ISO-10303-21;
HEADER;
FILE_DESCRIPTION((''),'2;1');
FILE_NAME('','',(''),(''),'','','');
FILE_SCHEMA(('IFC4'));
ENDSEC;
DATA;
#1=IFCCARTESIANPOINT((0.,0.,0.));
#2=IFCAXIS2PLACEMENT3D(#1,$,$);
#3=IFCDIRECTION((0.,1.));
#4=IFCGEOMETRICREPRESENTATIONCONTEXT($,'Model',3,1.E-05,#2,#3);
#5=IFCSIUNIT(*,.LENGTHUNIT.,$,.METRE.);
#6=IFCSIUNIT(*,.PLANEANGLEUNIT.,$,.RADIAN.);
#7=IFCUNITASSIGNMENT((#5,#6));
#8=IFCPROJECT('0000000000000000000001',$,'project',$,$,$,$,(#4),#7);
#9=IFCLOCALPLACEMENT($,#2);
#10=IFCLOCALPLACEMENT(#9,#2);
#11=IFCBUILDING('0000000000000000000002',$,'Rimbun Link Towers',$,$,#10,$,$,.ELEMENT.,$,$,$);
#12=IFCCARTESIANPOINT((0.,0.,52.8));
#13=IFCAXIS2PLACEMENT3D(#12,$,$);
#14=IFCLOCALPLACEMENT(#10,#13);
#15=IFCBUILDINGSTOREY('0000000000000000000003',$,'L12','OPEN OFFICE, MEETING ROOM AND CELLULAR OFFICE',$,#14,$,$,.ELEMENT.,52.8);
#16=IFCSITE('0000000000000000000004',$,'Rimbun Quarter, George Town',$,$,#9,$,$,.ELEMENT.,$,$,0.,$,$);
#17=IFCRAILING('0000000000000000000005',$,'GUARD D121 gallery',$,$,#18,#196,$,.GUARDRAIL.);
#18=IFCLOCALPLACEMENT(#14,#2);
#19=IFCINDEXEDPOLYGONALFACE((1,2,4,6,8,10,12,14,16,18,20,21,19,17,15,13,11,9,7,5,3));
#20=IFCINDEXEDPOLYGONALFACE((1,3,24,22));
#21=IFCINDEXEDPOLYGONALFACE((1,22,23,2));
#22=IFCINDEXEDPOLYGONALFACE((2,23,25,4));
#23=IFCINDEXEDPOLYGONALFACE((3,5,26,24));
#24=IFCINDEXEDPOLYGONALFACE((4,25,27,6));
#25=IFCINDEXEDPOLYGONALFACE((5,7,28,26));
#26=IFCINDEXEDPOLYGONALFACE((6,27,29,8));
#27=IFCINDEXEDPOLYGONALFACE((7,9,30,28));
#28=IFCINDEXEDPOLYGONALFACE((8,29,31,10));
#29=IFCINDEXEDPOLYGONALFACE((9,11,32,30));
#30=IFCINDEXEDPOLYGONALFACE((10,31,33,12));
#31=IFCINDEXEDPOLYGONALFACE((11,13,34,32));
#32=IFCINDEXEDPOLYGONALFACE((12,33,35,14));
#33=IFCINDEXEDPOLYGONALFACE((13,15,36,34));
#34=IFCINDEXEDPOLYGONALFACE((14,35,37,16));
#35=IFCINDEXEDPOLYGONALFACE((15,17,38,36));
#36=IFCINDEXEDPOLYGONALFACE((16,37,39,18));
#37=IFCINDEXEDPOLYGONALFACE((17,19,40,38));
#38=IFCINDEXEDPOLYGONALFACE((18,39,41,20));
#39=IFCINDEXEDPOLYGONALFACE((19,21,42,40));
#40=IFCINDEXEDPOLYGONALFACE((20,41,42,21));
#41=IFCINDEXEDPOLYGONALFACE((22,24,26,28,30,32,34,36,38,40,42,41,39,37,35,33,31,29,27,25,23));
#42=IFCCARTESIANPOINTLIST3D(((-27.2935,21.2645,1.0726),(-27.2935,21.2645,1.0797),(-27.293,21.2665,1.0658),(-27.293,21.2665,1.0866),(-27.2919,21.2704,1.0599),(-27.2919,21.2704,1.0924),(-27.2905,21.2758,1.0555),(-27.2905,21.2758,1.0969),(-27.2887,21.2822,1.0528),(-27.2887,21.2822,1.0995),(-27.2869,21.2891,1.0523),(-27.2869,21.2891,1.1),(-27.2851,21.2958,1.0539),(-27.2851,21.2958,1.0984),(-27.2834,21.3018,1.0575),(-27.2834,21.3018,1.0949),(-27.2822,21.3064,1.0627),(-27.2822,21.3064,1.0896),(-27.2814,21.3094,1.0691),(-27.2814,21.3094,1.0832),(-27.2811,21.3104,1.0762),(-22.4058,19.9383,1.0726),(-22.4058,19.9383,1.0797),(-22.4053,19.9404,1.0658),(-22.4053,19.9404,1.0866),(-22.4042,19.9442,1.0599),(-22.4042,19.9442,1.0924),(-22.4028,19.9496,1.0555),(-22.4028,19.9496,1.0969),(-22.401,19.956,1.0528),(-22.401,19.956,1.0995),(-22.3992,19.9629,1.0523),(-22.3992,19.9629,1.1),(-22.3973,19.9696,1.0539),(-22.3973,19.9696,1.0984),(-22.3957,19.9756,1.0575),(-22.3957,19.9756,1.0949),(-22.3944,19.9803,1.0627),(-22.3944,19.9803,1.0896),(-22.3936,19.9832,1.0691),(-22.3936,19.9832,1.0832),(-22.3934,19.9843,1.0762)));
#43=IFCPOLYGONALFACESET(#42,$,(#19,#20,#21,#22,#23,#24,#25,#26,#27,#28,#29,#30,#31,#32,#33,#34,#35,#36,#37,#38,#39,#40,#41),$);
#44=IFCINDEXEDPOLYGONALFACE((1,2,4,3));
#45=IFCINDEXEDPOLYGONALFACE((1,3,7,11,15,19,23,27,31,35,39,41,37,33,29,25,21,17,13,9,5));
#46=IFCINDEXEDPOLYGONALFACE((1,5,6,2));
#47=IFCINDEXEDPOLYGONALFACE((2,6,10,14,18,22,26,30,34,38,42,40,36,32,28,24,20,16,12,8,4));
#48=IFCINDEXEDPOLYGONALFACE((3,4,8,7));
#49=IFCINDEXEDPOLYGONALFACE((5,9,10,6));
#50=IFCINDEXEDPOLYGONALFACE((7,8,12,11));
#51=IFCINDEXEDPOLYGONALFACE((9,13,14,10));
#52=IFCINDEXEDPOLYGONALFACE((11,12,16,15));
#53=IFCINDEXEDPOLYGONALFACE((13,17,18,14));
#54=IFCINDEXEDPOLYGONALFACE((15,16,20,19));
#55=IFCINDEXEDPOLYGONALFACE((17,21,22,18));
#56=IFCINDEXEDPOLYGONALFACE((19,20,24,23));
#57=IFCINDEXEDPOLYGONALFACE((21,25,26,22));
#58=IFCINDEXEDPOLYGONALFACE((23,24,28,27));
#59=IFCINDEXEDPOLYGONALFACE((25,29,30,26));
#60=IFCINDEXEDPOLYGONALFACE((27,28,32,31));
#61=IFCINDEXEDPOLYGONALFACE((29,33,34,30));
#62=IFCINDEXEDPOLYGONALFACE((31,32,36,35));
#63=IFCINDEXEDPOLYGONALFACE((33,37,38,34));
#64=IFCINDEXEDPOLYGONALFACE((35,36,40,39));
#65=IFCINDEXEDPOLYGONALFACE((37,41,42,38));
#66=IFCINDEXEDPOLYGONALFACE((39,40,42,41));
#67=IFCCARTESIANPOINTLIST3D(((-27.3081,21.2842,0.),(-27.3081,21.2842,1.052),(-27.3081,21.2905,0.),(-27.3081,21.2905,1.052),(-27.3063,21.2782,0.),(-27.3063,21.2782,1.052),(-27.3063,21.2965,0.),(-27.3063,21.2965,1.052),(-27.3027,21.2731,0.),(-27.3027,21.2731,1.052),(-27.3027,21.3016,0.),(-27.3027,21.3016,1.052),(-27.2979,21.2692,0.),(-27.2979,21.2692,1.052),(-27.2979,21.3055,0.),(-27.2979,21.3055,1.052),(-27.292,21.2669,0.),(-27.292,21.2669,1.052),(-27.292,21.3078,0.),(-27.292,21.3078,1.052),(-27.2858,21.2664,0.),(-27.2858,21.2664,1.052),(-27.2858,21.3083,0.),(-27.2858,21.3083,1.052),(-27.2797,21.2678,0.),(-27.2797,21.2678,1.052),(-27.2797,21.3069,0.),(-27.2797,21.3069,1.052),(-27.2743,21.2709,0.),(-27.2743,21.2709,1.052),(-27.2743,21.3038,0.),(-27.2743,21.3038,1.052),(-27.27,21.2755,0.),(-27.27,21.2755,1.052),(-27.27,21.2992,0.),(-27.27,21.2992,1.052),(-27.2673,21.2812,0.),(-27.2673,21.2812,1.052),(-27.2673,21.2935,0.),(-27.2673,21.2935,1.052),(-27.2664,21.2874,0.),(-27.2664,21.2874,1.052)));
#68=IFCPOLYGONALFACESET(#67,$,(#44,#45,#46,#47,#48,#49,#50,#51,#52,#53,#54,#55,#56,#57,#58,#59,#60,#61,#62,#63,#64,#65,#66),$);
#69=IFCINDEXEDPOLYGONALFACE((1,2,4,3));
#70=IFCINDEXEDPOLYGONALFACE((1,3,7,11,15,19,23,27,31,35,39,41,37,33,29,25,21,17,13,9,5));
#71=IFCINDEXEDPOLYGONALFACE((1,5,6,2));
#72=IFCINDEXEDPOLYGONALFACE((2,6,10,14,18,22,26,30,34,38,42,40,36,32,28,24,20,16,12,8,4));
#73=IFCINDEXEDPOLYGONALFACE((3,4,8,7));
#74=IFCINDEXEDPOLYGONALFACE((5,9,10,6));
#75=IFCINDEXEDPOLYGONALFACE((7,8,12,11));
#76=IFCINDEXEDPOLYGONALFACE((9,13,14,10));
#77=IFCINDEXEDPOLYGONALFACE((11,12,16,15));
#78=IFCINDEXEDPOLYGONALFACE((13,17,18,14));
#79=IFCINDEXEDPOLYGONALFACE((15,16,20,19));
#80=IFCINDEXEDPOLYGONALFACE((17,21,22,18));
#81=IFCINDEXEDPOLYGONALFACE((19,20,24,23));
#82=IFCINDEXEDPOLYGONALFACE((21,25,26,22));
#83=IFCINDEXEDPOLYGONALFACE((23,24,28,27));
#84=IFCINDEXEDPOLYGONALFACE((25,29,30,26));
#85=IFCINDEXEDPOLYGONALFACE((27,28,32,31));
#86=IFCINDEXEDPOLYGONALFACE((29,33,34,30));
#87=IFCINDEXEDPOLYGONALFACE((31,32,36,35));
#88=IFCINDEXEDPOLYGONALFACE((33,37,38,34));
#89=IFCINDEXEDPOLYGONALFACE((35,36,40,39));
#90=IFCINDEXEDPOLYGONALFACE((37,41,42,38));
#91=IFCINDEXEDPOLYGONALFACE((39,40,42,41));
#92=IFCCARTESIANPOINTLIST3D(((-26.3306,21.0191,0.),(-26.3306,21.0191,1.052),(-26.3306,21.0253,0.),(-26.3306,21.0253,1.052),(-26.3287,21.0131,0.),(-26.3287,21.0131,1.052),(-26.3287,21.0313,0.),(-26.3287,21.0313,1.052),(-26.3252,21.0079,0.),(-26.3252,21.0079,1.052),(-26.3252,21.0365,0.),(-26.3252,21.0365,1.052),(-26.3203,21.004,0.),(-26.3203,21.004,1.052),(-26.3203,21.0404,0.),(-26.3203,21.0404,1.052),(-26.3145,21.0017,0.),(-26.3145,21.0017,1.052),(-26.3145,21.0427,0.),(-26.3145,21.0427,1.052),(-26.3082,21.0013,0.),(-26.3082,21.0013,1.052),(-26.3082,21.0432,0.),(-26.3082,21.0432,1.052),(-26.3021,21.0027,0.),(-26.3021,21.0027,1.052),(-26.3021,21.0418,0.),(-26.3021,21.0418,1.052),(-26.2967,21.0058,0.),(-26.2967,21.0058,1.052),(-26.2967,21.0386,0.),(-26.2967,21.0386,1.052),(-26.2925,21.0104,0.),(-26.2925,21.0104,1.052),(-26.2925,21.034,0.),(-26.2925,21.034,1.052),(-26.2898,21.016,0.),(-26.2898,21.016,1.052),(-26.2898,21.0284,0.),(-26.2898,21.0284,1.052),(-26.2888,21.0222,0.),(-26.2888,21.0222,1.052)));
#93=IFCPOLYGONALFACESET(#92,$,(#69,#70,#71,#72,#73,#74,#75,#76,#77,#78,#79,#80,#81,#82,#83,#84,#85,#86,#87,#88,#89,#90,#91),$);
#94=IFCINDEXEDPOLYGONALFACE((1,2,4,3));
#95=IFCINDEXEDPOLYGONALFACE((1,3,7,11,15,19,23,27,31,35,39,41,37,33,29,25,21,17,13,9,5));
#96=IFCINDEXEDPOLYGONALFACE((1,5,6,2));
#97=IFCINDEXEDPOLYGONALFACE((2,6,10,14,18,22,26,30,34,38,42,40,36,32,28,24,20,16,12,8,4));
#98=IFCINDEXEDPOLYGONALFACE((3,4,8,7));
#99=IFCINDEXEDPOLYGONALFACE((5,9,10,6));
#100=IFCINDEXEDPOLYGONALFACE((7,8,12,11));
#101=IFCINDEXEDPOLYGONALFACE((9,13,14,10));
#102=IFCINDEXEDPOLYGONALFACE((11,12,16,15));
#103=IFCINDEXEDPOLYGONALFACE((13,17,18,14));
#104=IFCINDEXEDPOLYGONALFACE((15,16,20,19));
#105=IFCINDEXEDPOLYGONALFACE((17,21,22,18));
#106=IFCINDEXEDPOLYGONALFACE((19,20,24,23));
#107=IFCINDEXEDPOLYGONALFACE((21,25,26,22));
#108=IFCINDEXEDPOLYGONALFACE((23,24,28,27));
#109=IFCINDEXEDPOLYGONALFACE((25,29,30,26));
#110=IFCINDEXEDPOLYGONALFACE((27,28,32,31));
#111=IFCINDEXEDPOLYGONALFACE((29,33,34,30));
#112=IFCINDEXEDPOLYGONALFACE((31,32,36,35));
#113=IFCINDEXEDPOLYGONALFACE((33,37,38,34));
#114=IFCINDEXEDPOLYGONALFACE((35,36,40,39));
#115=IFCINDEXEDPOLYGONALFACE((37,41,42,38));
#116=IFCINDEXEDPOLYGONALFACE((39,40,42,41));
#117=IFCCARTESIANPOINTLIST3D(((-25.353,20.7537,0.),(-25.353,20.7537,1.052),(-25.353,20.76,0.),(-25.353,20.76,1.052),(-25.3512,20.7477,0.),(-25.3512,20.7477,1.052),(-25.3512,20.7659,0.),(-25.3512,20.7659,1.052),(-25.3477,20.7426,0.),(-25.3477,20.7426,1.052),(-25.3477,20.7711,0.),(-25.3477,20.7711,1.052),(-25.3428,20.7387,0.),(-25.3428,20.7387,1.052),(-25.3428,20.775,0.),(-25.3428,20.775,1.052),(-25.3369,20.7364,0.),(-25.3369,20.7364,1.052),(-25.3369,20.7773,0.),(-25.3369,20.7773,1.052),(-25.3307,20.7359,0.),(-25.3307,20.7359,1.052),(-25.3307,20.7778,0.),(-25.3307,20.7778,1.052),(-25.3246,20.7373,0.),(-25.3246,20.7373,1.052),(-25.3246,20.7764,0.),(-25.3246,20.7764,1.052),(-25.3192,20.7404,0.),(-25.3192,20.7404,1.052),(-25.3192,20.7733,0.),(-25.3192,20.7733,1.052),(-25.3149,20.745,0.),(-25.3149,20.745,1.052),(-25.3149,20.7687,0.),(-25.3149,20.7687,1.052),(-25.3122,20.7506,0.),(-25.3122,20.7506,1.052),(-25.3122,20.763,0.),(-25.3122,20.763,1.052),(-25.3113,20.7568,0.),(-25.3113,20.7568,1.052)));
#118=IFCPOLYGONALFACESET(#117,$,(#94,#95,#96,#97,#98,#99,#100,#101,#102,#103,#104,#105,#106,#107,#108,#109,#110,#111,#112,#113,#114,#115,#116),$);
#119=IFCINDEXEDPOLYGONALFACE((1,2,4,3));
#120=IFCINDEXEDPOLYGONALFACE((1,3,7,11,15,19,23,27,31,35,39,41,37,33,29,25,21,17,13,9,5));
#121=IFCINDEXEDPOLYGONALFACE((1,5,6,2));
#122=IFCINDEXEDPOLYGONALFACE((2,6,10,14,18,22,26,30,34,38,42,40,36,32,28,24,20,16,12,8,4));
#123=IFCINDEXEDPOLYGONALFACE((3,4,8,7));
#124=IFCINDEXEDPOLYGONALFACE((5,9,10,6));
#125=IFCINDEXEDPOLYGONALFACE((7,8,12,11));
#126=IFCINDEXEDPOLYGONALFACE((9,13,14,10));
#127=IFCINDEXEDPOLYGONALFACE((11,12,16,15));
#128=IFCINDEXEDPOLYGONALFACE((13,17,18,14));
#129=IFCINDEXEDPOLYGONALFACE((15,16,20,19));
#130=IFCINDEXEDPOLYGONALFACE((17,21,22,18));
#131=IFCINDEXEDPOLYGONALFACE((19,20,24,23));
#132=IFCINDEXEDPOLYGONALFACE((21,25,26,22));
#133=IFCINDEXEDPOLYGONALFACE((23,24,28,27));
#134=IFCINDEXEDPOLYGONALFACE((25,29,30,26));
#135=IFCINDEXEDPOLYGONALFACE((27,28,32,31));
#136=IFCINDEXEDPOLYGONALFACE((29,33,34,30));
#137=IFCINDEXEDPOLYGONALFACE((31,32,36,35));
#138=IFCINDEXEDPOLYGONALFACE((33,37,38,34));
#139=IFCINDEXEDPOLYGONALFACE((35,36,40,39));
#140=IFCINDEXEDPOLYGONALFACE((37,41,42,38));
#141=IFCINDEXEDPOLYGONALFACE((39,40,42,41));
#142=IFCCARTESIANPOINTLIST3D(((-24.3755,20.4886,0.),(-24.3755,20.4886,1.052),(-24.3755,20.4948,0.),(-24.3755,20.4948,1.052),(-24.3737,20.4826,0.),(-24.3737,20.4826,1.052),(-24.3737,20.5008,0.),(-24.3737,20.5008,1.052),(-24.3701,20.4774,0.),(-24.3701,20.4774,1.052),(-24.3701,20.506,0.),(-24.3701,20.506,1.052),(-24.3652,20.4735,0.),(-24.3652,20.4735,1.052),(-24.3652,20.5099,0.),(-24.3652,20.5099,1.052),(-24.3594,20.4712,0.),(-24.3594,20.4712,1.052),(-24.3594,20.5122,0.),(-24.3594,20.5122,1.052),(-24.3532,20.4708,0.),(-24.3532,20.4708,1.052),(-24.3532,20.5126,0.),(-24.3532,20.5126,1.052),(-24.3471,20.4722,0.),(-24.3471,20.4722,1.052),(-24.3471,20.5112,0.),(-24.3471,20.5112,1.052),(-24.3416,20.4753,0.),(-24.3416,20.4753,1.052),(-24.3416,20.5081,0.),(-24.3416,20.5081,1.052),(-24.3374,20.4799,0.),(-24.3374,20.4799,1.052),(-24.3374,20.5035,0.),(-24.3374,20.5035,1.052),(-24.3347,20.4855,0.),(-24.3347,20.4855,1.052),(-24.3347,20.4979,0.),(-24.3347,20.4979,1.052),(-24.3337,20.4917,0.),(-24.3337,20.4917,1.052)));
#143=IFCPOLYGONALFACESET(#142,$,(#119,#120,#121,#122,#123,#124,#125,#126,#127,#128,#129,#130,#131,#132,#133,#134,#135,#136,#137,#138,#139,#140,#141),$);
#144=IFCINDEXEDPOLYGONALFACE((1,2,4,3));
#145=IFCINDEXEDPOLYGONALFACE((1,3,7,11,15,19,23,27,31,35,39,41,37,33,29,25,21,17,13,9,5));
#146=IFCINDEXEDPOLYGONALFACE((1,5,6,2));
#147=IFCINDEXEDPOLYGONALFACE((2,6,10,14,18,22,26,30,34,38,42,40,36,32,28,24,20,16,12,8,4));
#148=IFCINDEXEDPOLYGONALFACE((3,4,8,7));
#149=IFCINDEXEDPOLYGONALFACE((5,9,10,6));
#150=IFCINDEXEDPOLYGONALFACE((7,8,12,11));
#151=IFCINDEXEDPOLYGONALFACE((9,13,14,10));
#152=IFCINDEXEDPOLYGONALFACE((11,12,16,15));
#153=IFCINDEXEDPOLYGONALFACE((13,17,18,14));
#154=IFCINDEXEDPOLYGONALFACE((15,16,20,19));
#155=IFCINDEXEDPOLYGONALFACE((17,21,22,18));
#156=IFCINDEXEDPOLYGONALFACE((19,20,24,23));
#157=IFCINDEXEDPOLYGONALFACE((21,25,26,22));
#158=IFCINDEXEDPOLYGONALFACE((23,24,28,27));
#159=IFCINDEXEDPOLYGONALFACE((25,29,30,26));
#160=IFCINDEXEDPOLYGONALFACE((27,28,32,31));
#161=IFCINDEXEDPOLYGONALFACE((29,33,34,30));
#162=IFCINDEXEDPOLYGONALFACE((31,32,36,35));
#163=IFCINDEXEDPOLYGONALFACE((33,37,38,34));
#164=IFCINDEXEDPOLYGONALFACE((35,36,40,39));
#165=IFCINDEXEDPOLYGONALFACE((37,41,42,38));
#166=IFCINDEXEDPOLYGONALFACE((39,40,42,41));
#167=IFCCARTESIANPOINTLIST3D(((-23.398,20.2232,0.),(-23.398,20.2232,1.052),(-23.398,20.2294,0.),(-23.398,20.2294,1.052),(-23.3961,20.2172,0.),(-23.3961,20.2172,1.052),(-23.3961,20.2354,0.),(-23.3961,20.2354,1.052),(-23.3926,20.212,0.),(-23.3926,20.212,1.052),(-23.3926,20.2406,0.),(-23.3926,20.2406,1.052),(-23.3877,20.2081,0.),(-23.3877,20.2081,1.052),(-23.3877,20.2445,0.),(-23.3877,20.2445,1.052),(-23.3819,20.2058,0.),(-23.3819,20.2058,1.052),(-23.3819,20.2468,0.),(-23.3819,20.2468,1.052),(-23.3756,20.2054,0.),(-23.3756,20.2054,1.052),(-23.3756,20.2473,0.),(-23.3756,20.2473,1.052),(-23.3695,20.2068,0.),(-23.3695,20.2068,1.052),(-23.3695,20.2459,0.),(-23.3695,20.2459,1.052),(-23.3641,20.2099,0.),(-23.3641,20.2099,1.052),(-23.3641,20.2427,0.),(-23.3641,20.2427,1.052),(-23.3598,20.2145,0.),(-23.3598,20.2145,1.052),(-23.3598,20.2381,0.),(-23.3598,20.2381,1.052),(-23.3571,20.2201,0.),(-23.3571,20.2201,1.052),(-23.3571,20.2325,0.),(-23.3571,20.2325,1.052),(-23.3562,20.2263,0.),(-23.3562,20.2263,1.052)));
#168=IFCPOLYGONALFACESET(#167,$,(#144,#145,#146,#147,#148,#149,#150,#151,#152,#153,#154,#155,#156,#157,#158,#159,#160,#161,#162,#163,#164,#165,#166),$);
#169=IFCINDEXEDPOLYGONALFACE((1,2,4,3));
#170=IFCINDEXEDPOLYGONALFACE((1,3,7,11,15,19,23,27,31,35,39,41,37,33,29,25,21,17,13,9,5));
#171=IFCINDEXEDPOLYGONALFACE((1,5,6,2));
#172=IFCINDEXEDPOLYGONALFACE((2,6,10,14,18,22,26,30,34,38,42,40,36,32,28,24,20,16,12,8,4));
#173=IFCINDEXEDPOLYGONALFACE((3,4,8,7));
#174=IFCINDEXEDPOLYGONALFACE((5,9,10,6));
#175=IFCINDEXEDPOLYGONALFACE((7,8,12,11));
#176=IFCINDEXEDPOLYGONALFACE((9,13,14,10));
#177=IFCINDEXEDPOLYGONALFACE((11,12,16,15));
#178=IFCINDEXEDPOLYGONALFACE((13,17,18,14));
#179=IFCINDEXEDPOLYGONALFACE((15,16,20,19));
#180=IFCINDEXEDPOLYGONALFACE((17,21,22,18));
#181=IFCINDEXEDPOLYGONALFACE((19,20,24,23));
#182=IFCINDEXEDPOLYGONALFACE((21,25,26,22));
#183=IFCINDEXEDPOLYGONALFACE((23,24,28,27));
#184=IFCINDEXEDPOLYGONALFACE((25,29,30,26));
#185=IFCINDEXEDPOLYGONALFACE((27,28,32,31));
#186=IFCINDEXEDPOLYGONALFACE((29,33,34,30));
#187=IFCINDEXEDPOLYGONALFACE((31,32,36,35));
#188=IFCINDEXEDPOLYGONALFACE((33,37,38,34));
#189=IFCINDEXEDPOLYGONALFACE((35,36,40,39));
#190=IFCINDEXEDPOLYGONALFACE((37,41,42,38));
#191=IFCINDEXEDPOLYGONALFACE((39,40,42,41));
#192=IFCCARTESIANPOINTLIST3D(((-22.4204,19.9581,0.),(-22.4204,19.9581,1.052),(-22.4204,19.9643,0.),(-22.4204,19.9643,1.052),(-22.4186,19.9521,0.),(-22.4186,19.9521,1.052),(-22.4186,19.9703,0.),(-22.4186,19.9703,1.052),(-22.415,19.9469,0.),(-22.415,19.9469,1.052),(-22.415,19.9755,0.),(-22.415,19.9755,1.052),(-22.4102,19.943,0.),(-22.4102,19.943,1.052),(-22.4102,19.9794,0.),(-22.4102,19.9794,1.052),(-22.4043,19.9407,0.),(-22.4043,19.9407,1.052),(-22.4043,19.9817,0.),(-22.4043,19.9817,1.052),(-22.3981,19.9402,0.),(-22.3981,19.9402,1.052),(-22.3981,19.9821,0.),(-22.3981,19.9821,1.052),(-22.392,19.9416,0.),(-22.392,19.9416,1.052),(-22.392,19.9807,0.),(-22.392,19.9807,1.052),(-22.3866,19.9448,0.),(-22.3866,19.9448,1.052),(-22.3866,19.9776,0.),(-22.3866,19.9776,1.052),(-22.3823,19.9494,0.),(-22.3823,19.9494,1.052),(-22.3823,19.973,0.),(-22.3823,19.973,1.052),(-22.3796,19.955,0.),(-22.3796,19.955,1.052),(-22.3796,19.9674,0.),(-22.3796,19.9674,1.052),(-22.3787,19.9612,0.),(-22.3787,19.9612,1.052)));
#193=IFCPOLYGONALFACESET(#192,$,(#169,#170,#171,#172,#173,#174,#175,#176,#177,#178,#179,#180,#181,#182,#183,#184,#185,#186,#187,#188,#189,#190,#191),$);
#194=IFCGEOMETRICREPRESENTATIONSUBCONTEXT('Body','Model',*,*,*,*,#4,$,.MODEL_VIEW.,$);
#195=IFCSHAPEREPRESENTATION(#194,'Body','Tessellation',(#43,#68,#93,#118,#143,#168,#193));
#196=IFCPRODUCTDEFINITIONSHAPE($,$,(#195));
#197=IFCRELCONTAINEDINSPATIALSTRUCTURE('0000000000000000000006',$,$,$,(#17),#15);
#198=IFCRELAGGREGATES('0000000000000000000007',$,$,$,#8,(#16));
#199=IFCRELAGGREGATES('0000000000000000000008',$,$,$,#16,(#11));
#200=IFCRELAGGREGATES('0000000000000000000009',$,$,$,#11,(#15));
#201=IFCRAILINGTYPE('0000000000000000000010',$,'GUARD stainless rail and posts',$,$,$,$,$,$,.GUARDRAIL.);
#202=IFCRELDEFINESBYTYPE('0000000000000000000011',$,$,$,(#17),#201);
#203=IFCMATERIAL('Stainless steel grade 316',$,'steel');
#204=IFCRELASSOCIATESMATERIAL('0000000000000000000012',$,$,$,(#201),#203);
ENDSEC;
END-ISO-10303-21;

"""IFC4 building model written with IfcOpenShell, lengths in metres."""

from ifc_helpers import new_model, si_unit, direction, frame, origin, origin_2d, place, context, subcontext, project, spatial, circle, extrude, material, type_object, element, save


model = new_model("IFC4")

# Units and contexts
model_context = context("Model", 3, precision=1e-05, world=origin(), true_north=direction((0.0, 1.0)))
body_context = subcontext(model_context, "Body", "Model", "MODEL_VIEW")
ifc_project = project(units=[si_unit("LENGTHUNIT", "METRE"), si_unit("PLANEANGLEUNIT", "RADIAN")], contexts=[model_context])

# Site, building, storey
site_placement = place(None, origin())
site = spatial("IfcSite", under=ifc_project, at=site_placement, Name="Rimbun Quarter, George Town", CompositionType="ELEMENT", RefElevation=0.0)
building_placement = place(site_placement, origin())
building = spatial("IfcBuilding", under=site, at=building_placement, Name="Rimbun Link Towers", CompositionType="ELEMENT")
storey_placement = place(building_placement, frame((0.0, 0.0, 52.8)))
storey = spatial("IfcBuildingStorey", under=building, at=storey_placement, Name="L12", Description="OPEN OFFICE, MEETING ROOM AND CELLULAR OFFICE", CompositionType="ELEMENT", Elevation=52.8)

# Railing
ifc_material_1 = material(Name="Stainless steel grade 316", Category="steel")
railing_type = type_object("IfcRailingType", Name="GUARD stainless rail and posts", PredefinedType="GUARDRAIL", material=ifc_material_1)
railing_1_placement = place(storey_placement, frame((-27.2874, 21.2874, 0.0)))
element("IfcRailing", 1, at=railing_1_placement, inside=storey, type_object=railing_type, Name="GUARD D121 gallery", PredefinedType="GUARDRAIL", context=body_context, shape_type="SweptSolid", body=[
    extrude(circle(Radius=0.0239, at=origin_2d()), frame((0.0, 0.0, 1.0762), z_axis=(0.965106, -0.261861, 0.0), x_axis=(0.261861, 0.965106, 0.0)), (0.0, 0.0, 1.0), 5.0645),
    extrude(circle(Radius=0.021, at=origin_2d()), origin(), (0.0, 0.0, 1.0), 1.052),
    extrude(circle(Radius=0.021, at=origin_2d()), frame((0.9775, -0.2651, 0.0)), (0.0, 0.0, 1.0), 1.052),
    extrude(circle(Radius=0.021, at=origin_2d()), frame((1.9551, -0.5305, 0.0)), (0.0, 0.0, 1.0), 1.052),
    extrude(circle(Radius=0.021, at=origin_2d()), frame((2.9326, -0.7957, 0.0)), (0.0, 0.0, 1.0), 1.052),
    extrude(circle(Radius=0.021, at=origin_2d()), frame((3.9102, -1.061, 0.0)), (0.0, 0.0, 1.0), 1.052),
    extrude(circle(Radius=0.021, at=origin_2d()), frame((4.8877, -1.3262, 0.0)), (0.0, 0.0, 1.0), 1.052),
])

save(model, "model.ifc")
